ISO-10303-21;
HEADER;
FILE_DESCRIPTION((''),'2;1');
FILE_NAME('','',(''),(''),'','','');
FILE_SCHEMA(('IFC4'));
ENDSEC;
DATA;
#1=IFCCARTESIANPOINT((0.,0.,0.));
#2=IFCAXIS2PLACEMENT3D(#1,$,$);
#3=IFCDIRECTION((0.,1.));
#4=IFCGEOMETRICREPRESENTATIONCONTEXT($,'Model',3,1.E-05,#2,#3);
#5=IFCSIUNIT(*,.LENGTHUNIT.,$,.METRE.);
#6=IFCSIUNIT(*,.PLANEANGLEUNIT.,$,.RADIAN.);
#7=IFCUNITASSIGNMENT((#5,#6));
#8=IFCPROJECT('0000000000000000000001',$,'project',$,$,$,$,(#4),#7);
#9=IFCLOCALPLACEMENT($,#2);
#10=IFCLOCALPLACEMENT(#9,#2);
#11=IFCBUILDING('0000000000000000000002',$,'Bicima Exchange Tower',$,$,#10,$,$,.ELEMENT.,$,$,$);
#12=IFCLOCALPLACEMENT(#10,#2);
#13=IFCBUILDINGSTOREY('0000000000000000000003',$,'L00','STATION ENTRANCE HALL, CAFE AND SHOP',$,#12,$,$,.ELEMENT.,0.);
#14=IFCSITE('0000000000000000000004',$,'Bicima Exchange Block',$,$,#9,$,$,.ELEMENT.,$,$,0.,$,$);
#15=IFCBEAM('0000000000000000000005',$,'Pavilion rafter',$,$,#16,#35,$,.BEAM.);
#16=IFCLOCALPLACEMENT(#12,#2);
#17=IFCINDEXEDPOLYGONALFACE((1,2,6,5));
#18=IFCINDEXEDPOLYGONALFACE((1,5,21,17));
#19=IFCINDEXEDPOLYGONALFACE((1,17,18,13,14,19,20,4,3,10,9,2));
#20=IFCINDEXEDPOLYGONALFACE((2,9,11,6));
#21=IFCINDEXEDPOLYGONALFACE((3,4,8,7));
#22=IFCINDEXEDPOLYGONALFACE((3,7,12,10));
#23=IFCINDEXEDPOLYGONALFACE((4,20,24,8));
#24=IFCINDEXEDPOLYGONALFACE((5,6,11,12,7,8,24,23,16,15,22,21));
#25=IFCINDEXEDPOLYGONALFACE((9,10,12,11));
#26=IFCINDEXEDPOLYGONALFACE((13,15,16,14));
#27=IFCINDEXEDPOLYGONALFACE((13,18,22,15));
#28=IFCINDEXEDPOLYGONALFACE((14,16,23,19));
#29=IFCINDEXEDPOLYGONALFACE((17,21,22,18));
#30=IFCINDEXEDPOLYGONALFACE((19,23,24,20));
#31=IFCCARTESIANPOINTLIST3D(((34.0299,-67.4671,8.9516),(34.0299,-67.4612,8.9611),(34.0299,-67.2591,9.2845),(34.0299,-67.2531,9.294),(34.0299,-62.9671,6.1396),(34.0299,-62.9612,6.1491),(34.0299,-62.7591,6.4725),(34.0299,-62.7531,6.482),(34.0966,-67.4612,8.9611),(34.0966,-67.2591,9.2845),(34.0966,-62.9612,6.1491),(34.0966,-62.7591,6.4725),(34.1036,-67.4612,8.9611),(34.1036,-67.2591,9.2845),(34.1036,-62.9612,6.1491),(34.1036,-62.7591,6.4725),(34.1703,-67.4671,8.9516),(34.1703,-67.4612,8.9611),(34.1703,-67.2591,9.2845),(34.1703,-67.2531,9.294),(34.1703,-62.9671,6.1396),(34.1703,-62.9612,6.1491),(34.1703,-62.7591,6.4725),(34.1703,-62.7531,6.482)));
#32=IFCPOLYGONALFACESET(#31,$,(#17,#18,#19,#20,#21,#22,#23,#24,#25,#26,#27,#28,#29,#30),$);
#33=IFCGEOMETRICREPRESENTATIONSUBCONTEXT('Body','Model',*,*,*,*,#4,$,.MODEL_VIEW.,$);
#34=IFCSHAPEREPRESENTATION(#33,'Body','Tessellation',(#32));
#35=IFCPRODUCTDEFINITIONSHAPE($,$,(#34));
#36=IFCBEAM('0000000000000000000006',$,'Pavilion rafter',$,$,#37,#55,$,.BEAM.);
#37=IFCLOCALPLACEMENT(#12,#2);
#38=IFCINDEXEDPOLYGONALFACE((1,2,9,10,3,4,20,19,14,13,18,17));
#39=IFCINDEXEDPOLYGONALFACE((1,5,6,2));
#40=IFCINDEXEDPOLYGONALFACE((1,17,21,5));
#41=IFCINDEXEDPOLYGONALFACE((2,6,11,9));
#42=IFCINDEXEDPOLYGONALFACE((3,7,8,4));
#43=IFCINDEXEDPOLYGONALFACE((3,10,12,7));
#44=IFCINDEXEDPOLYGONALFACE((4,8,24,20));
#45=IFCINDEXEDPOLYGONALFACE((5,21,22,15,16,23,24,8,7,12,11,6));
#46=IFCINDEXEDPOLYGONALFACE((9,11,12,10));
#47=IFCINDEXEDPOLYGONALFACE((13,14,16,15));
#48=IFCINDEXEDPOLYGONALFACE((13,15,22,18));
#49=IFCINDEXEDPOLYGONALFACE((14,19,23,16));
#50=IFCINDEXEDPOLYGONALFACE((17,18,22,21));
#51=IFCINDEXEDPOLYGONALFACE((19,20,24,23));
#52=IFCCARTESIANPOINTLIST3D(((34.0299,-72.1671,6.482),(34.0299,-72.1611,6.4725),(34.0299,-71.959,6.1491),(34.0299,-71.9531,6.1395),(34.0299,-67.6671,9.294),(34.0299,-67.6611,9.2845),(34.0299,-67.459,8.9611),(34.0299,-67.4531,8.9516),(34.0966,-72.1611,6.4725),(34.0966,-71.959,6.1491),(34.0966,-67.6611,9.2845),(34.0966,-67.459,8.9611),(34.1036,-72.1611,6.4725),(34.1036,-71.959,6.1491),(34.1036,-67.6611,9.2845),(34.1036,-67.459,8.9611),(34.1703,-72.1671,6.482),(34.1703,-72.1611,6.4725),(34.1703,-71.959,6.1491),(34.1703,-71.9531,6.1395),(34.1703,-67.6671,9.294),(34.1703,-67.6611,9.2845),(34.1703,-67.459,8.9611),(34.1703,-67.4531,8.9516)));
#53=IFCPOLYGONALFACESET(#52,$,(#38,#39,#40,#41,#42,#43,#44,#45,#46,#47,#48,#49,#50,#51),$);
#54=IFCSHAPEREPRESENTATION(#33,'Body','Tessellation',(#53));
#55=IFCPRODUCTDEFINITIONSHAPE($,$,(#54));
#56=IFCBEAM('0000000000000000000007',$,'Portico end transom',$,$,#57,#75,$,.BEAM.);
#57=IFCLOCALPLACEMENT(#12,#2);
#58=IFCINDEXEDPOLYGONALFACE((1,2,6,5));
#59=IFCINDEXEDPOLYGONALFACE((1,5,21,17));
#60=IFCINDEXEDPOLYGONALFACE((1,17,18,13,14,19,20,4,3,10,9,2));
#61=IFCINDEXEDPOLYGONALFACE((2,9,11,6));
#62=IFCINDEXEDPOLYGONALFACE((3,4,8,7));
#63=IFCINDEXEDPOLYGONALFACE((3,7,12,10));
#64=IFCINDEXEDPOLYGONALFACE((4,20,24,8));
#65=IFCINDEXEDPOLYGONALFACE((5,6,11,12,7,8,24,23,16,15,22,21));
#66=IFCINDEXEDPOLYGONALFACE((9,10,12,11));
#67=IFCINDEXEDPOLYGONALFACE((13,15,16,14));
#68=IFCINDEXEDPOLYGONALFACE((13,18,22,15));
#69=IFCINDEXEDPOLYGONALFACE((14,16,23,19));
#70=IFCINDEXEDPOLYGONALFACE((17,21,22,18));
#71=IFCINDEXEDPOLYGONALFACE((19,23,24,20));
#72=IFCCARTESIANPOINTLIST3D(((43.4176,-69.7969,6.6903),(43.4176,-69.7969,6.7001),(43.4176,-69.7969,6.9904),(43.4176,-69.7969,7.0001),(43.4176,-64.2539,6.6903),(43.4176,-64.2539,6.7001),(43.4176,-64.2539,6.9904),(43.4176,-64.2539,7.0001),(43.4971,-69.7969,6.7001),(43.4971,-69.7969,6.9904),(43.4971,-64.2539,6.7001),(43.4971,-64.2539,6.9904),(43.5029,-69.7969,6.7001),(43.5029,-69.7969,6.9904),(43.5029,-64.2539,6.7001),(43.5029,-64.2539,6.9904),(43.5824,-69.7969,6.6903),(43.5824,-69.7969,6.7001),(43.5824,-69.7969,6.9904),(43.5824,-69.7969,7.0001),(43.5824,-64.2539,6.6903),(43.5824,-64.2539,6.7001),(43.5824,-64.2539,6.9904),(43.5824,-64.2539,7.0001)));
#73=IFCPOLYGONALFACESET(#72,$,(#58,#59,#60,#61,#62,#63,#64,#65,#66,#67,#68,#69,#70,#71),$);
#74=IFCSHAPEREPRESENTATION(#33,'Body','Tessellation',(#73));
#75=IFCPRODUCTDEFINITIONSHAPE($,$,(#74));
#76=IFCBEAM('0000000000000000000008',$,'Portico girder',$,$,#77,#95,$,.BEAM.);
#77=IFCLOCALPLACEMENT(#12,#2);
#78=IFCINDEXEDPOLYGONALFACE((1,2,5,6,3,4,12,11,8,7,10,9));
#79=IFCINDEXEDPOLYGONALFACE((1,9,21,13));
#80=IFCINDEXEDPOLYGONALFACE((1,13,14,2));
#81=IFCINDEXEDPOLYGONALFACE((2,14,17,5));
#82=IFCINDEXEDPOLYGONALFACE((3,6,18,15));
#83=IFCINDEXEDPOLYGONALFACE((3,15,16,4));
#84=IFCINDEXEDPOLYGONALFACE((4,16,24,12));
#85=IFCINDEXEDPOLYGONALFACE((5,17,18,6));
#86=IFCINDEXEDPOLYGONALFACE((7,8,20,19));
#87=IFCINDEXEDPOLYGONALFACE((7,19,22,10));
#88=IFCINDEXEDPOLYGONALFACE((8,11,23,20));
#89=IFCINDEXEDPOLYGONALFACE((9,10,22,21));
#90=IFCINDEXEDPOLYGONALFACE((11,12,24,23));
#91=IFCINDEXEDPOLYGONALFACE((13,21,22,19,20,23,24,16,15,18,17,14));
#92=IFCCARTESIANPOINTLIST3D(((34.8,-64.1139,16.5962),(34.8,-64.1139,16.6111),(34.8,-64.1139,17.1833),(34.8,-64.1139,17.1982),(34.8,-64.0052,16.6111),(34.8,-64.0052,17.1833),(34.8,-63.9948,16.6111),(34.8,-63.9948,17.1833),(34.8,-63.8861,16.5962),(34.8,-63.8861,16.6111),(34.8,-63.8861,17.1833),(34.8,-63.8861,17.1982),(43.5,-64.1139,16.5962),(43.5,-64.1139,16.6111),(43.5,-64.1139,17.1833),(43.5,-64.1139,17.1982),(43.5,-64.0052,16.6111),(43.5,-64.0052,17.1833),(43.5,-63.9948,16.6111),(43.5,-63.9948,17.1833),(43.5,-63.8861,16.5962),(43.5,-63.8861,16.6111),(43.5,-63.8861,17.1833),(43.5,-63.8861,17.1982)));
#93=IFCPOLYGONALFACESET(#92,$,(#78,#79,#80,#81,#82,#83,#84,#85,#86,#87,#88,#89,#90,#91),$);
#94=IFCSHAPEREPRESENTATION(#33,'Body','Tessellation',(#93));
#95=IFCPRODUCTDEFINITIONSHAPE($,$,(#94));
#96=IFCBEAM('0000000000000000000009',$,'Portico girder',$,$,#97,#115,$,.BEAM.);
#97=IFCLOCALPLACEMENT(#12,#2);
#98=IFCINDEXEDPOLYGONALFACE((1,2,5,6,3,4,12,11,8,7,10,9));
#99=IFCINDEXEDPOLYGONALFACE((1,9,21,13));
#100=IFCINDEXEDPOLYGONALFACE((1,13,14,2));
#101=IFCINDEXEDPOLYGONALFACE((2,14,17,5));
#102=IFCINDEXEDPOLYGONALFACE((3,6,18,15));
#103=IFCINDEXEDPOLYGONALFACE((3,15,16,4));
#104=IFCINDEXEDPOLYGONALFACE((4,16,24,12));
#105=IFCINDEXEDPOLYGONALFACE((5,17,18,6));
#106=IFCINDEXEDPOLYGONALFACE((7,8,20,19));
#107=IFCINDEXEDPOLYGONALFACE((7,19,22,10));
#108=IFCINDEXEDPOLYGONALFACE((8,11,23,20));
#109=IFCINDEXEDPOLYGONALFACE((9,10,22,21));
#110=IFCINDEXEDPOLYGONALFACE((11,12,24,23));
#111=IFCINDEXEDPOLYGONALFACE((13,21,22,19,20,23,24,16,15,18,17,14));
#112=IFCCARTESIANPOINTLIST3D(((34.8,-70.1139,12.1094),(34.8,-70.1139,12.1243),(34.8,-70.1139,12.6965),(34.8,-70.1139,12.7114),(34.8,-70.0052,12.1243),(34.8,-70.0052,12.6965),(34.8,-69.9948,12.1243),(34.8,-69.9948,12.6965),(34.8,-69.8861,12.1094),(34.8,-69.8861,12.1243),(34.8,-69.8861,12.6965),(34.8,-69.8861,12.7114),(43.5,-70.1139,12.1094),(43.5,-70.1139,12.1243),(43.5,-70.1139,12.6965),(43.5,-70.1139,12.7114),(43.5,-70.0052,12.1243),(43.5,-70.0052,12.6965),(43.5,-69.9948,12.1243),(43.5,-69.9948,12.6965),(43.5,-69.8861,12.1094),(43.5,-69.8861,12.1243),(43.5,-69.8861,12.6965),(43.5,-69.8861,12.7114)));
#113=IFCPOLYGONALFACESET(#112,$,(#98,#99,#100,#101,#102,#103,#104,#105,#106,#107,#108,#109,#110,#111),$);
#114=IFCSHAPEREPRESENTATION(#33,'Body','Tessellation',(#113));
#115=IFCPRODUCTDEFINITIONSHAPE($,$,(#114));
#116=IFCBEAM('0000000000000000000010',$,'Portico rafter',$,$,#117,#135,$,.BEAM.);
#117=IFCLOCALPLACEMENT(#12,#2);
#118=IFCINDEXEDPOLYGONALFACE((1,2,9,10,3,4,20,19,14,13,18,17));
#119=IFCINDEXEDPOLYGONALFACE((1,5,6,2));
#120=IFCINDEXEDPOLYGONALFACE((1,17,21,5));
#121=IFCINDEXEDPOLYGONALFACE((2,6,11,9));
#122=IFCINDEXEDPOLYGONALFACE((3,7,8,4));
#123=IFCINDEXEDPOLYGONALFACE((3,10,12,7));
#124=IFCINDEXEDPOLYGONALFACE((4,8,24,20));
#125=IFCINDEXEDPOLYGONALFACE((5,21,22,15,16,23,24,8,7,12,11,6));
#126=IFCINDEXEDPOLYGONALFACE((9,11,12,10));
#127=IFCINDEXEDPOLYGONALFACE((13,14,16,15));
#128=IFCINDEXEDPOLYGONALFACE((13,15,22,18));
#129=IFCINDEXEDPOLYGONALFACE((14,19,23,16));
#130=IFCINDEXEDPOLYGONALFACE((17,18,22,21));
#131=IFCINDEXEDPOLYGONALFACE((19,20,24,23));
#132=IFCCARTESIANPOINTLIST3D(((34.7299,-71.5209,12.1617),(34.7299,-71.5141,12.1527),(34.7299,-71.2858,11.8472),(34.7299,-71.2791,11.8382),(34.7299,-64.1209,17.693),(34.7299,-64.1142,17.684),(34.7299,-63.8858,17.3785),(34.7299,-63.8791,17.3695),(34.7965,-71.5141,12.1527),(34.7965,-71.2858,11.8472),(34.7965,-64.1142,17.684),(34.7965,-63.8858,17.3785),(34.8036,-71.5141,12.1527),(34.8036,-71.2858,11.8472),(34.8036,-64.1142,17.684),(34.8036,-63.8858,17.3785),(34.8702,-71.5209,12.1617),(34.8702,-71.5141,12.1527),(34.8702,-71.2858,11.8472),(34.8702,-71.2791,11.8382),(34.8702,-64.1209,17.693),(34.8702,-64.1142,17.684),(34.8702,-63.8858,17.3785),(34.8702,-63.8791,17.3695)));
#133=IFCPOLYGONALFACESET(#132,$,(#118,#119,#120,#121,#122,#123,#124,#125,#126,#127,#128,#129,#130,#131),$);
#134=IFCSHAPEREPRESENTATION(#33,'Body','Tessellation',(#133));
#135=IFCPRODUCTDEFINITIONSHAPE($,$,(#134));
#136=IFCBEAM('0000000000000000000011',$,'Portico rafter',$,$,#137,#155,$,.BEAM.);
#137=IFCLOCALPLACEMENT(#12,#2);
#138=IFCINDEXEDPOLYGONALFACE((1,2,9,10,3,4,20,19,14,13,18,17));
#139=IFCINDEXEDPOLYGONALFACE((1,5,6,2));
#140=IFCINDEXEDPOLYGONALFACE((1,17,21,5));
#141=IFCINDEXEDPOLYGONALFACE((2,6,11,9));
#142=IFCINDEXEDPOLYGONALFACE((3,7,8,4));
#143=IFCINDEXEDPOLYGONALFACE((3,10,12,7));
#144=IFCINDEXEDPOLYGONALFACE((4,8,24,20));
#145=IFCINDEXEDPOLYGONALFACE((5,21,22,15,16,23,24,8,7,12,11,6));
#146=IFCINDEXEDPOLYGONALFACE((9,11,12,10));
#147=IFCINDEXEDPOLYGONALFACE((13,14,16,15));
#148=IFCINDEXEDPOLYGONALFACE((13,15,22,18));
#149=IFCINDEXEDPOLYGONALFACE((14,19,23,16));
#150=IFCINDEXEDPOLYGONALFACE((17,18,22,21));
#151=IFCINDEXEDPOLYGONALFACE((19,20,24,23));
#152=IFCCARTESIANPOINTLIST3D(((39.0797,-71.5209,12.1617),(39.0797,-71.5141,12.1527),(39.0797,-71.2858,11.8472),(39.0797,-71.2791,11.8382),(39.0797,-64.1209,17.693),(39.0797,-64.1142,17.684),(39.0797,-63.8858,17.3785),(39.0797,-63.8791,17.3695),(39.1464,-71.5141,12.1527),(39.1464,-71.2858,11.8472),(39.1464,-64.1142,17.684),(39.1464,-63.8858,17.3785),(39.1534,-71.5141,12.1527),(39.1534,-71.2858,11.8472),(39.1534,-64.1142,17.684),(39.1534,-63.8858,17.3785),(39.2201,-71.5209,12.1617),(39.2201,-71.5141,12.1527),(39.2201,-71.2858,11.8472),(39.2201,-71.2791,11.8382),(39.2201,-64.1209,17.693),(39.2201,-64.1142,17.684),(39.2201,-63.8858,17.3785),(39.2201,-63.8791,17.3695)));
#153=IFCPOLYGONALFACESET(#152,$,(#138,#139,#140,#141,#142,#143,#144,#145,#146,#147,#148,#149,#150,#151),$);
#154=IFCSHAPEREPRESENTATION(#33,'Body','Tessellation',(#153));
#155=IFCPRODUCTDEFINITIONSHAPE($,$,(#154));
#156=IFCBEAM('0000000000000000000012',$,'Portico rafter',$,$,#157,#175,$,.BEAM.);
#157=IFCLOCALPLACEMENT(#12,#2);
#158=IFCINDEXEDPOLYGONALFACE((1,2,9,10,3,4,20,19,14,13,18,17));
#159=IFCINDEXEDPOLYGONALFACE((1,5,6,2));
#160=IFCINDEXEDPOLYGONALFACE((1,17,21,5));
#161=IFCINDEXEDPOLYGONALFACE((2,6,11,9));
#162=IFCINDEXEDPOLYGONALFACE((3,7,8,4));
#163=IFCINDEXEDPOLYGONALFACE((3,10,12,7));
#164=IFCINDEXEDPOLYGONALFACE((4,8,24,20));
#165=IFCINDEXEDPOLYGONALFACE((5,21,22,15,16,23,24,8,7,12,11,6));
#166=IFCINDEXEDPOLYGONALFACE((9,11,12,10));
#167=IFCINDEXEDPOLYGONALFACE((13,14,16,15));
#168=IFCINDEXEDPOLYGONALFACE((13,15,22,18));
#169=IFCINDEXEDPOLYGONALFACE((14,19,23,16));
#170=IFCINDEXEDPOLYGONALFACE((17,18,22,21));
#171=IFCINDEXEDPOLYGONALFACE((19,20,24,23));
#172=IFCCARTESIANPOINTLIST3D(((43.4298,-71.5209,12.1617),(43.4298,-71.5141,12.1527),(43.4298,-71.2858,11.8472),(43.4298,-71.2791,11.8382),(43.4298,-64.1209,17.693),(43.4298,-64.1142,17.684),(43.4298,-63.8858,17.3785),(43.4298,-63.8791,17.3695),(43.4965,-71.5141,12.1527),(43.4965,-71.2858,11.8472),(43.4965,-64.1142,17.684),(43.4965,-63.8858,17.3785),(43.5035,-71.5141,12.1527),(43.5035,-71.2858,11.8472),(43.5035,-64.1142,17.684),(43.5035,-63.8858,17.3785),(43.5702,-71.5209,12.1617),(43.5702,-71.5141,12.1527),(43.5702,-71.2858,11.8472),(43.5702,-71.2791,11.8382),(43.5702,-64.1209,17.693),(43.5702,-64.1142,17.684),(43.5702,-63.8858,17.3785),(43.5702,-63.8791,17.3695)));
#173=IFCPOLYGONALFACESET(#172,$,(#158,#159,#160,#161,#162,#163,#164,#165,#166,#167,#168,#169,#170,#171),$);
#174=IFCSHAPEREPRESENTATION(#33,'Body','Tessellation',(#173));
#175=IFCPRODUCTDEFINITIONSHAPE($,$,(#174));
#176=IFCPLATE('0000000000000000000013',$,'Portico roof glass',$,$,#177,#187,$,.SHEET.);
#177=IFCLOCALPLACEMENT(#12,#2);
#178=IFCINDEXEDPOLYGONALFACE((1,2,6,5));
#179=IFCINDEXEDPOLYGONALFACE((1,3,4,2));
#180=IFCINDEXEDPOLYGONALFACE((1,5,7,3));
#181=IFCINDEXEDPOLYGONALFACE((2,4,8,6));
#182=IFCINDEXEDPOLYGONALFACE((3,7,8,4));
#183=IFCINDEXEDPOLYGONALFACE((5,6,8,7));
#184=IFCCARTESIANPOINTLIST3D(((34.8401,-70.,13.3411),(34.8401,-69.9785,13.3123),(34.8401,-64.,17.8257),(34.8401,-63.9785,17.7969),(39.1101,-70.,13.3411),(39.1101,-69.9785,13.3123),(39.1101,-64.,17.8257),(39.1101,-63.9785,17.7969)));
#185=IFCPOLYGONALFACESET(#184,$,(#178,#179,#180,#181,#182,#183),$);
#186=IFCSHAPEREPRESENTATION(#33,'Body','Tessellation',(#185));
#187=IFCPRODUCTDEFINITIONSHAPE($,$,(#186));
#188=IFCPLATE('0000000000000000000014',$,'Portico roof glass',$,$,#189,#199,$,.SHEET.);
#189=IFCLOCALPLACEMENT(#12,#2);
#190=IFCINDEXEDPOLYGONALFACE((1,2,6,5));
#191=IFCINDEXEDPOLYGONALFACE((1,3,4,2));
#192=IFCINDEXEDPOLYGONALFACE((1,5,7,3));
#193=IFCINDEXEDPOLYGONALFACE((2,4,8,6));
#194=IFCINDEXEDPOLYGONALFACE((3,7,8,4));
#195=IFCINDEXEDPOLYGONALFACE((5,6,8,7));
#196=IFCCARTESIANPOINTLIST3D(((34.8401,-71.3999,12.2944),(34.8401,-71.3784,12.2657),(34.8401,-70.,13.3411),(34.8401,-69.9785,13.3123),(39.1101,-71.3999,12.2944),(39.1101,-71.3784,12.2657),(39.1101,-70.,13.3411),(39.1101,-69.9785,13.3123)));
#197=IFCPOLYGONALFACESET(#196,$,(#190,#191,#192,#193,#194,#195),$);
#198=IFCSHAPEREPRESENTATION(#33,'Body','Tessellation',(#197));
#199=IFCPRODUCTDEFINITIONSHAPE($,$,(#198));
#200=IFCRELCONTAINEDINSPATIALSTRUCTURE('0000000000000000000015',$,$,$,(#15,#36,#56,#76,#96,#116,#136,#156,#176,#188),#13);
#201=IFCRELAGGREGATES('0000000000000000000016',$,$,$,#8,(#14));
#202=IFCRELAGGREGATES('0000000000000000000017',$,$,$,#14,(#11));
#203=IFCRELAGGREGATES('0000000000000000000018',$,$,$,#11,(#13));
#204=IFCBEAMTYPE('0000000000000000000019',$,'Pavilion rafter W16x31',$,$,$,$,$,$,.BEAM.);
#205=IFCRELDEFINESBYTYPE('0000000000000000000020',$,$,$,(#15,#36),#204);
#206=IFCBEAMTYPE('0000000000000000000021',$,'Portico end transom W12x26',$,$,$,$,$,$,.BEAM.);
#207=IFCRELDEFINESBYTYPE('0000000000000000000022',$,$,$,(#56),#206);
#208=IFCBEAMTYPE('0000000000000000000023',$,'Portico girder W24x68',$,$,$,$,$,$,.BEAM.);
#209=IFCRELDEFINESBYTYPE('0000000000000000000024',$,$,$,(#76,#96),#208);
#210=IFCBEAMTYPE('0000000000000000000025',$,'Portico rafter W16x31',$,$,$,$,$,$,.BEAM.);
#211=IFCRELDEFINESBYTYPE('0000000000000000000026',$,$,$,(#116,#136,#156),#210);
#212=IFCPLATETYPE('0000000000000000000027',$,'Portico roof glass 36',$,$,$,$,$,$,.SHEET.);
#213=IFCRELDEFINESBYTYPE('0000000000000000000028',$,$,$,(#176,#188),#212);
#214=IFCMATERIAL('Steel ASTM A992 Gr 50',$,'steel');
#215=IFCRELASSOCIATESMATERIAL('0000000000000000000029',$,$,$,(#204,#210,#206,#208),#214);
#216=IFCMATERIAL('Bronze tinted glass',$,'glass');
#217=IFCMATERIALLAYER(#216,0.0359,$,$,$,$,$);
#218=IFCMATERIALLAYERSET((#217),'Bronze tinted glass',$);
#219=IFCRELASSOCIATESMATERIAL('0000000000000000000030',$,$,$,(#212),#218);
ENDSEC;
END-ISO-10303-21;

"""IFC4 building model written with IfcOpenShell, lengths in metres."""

from ifc_helpers import new_model, si_unit, direction, frame, origin, origin_2d, place, context, subcontext, project, spatial, polyline, i_section, outline, extrude, material, layer, layer_set, material_profile, profile_set, type_object, element, save


model = new_model("IFC4")

# Units and contexts
model_context = context("Model", 3, precision=1e-05, world=origin(), true_north=direction((0.0, 1.0)))
body_context = subcontext(model_context, "Body", "Model", "MODEL_VIEW")
ifc_project = project(units=[si_unit("LENGTHUNIT", "METRE"), si_unit("PLANEANGLEUNIT", "RADIAN")], contexts=[model_context])

# Site, building, storey
site_placement = place(None, origin())
site = spatial("IfcSite", under=ifc_project, at=site_placement, Name="Bicima Exchange Block", CompositionType="ELEMENT", RefElevation=0.0)
building_placement = place(site_placement, origin())
building = spatial("IfcBuilding", under=site, at=building_placement, Name="Bicima Exchange Tower", CompositionType="ELEMENT")
storey_placement = place(building_placement, origin())
storey = spatial("IfcBuildingStorey", under=building, at=storey_placement, Name="L00", Description="STATION ENTRANCE HALL, CAFE AND SHOP", CompositionType="ELEMENT", Elevation=0.0)

# Beams
ifc_material_1 = material(Name="Steel ASTM A992 Gr 50", Category="steel")
ifc_material_profile_1 = material_profile(ifc_material_1, i_section(OverallWidth=0.1404, OverallDepth=0.4038, WebThickness=0.0071, FlangeThickness=0.0112, at=origin_2d()))
ifc_profile_set_1 = profile_set([ifc_material_profile_1], Name="Steel ASTM A992 Gr 50")
beam_type_1 = type_object("IfcBeamType", Name="Pavilion rafter W16x31", PredefinedType="BEAM", material=ifc_profile_set_1)
for number, where, z_axis, x_axis, name in (
    (1, (34.1001, -62.8601, 6.3108), (0.0, -0.84804, 0.529933), (1.0, 0.0, 0.0), "Pavilion rafter"),
    (2, (34.1001, -67.5601, 9.1228), (0.0, -0.84804, -0.529933), (1.0, 0.0, 0.0), "Pavilion rafter"),
):
    element("IfcBeam", number, at=place(storey_placement, frame(where, z_axis=z_axis, x_axis=x_axis)), inside=storey, type_object=beam_type_1, Name=name, PredefinedType="BEAM", context=body_context, shape_type="SweptSolid", body=[
        extrude(i_section(OverallWidth=0.1404, OverallDepth=0.4038, WebThickness=0.0071, FlangeThickness=0.0112, at=origin_2d()), origin(), (0.0, 0.0, 1.0), 5.3064),
    ])
ifc_material_profile_2 = material_profile(ifc_material_1, i_section(OverallWidth=0.1648, OverallDepth=0.3098, WebThickness=0.0059, FlangeThickness=0.0098, at=origin_2d()))
ifc_profile_set_2 = profile_set([ifc_material_profile_2], Name="Steel ASTM A992 Gr 50")
beam_type_2 = type_object("IfcBeamType", Name="Portico end transom W12x26", PredefinedType="BEAM", material=ifc_profile_set_2)
beam_placement = place(storey_placement, frame((43.5, -64.2539, 6.8452), z_axis=(0.0, -1.0, 0.0), x_axis=(1.0, 0.0, 0.0)))
element("IfcBeam", 3, at=beam_placement, inside=storey, type_object=beam_type_2, Name="Portico end transom", PredefinedType="BEAM", context=body_context, shape_type="SweptSolid", body=[
    extrude(i_section(OverallWidth=0.1648, OverallDepth=0.3098, WebThickness=0.0059, FlangeThickness=0.0098, at=origin_2d()), origin(), (0.0, 0.0, 1.0), 5.543),
])
ifc_material_profile_3 = material_profile(ifc_material_1, i_section(OverallWidth=0.2278, OverallDepth=0.6021, WebThickness=0.0105, FlangeThickness=0.0149, at=origin_2d()))
ifc_profile_set_3 = profile_set([ifc_material_profile_3], Name="Steel ASTM A992 Gr 50")
beam_type_3 = type_object("IfcBeamType", Name="Portico girder W24x68", PredefinedType="BEAM", material=ifc_profile_set_3)
for number, where, z_axis, x_axis, name in (
    (4, (34.8, -64.0, 16.8972), (1.0, 0.0, 0.0), (0.0, 1.0, 0.0), "Portico girder"),
    (5, (34.8, -70.0, 12.4104), (1.0, 0.0, 0.0), (0.0, 1.0, 0.0), "Portico girder"),
):
    element("IfcBeam", number, at=place(storey_placement, frame(where, z_axis=z_axis, x_axis=x_axis)), inside=storey, type_object=beam_type_3, Name=name, PredefinedType="BEAM", context=body_context, shape_type="SweptSolid", body=[
        extrude(i_section(OverallWidth=0.2278, OverallDepth=0.6021, WebThickness=0.0105, FlangeThickness=0.0149, at=origin_2d()), origin(), (0.0, 0.0, 1.0), 8.7),
    ])
beam_type_4 = type_object("IfcBeamType", Name="Portico rafter W16x31", PredefinedType="BEAM", material=ifc_profile_set_1)
for number, where, z_axis, x_axis, name in (
    (6, (34.8, -64.0, 17.5312), (0.0, -0.800969, -0.598705), (1.0, 0.0, 0.0), "Portico rafter"),
    (7, (39.1499, -64.0, 17.5312), (0.0, -0.800969, -0.598705), (1.0, 0.0, 0.0), "Portico rafter"),
    (8, (43.5, -64.0, 17.5312), (0.0, -0.800969, -0.598705), (1.0, 0.0, 0.0), "Portico rafter"),
):
    element("IfcBeam", number, at=place(storey_placement, frame(where, z_axis=z_axis, x_axis=x_axis)), inside=storey, type_object=beam_type_4, Name=name, PredefinedType="BEAM", context=body_context, shape_type="SweptSolid", body=[
        extrude(i_section(OverallWidth=0.1404, OverallDepth=0.4038, WebThickness=0.0071, FlangeThickness=0.0112, at=origin_2d()), origin(), (0.0, 0.0, 1.0), 9.2388),
    ])

# Plates
ifc_material_2 = material(Name="Bronze tinted glass", Category="glass")
ifc_layer = layer(ifc_material_2, 0.0359)
ifc_layer_set = layer_set([ifc_layer], Name="Bronze tinted glass")
plate_type = type_object("IfcPlateType", Name="Portico roof glass 36", PredefinedType="SHEET", material=ifc_layer_set)
plate_1_placement = place(storey_placement, frame((34.8401, -64.0, 17.8257), z_axis=(0.0, -0.598685, 0.800985), x_axis=(1.0, 0.0, 0.0)))
element("IfcPlate", 9, at=plate_1_placement, inside=storey, type_object=plate_type, Name="Portico roof glass", PredefinedType="SHEET", context=body_context, shape_type="SweptSolid", body=[
    extrude(outline(polyline([(0.0, 0.0), (4.27, 0.0), (4.27, -7.4908), (0.0, -7.4908), (0.0, 0.0)])), origin(), (0.0, 0.0, -1.0), 0.0359),
])
plate_2_placement = place(storey_placement, frame((34.8401, -70.0, 13.3411), z_axis=(0.0, -0.598793, 0.800904), x_axis=(1.0, 0.0, 0.0)))
element("IfcPlate", 10, at=plate_2_placement, inside=storey, type_object=plate_type, Name="Portico roof glass", PredefinedType="SHEET", context=body_context, shape_type="SweptSolid", body=[
    extrude(outline(polyline([(0.0, 0.0), (4.27, 0.0), (4.27, -1.7479), (0.0, -1.7479), (0.0, 0.0)])), origin(), (0.0, 0.0, -1.0), 0.0359),
])

save(model, "model.ifc")
